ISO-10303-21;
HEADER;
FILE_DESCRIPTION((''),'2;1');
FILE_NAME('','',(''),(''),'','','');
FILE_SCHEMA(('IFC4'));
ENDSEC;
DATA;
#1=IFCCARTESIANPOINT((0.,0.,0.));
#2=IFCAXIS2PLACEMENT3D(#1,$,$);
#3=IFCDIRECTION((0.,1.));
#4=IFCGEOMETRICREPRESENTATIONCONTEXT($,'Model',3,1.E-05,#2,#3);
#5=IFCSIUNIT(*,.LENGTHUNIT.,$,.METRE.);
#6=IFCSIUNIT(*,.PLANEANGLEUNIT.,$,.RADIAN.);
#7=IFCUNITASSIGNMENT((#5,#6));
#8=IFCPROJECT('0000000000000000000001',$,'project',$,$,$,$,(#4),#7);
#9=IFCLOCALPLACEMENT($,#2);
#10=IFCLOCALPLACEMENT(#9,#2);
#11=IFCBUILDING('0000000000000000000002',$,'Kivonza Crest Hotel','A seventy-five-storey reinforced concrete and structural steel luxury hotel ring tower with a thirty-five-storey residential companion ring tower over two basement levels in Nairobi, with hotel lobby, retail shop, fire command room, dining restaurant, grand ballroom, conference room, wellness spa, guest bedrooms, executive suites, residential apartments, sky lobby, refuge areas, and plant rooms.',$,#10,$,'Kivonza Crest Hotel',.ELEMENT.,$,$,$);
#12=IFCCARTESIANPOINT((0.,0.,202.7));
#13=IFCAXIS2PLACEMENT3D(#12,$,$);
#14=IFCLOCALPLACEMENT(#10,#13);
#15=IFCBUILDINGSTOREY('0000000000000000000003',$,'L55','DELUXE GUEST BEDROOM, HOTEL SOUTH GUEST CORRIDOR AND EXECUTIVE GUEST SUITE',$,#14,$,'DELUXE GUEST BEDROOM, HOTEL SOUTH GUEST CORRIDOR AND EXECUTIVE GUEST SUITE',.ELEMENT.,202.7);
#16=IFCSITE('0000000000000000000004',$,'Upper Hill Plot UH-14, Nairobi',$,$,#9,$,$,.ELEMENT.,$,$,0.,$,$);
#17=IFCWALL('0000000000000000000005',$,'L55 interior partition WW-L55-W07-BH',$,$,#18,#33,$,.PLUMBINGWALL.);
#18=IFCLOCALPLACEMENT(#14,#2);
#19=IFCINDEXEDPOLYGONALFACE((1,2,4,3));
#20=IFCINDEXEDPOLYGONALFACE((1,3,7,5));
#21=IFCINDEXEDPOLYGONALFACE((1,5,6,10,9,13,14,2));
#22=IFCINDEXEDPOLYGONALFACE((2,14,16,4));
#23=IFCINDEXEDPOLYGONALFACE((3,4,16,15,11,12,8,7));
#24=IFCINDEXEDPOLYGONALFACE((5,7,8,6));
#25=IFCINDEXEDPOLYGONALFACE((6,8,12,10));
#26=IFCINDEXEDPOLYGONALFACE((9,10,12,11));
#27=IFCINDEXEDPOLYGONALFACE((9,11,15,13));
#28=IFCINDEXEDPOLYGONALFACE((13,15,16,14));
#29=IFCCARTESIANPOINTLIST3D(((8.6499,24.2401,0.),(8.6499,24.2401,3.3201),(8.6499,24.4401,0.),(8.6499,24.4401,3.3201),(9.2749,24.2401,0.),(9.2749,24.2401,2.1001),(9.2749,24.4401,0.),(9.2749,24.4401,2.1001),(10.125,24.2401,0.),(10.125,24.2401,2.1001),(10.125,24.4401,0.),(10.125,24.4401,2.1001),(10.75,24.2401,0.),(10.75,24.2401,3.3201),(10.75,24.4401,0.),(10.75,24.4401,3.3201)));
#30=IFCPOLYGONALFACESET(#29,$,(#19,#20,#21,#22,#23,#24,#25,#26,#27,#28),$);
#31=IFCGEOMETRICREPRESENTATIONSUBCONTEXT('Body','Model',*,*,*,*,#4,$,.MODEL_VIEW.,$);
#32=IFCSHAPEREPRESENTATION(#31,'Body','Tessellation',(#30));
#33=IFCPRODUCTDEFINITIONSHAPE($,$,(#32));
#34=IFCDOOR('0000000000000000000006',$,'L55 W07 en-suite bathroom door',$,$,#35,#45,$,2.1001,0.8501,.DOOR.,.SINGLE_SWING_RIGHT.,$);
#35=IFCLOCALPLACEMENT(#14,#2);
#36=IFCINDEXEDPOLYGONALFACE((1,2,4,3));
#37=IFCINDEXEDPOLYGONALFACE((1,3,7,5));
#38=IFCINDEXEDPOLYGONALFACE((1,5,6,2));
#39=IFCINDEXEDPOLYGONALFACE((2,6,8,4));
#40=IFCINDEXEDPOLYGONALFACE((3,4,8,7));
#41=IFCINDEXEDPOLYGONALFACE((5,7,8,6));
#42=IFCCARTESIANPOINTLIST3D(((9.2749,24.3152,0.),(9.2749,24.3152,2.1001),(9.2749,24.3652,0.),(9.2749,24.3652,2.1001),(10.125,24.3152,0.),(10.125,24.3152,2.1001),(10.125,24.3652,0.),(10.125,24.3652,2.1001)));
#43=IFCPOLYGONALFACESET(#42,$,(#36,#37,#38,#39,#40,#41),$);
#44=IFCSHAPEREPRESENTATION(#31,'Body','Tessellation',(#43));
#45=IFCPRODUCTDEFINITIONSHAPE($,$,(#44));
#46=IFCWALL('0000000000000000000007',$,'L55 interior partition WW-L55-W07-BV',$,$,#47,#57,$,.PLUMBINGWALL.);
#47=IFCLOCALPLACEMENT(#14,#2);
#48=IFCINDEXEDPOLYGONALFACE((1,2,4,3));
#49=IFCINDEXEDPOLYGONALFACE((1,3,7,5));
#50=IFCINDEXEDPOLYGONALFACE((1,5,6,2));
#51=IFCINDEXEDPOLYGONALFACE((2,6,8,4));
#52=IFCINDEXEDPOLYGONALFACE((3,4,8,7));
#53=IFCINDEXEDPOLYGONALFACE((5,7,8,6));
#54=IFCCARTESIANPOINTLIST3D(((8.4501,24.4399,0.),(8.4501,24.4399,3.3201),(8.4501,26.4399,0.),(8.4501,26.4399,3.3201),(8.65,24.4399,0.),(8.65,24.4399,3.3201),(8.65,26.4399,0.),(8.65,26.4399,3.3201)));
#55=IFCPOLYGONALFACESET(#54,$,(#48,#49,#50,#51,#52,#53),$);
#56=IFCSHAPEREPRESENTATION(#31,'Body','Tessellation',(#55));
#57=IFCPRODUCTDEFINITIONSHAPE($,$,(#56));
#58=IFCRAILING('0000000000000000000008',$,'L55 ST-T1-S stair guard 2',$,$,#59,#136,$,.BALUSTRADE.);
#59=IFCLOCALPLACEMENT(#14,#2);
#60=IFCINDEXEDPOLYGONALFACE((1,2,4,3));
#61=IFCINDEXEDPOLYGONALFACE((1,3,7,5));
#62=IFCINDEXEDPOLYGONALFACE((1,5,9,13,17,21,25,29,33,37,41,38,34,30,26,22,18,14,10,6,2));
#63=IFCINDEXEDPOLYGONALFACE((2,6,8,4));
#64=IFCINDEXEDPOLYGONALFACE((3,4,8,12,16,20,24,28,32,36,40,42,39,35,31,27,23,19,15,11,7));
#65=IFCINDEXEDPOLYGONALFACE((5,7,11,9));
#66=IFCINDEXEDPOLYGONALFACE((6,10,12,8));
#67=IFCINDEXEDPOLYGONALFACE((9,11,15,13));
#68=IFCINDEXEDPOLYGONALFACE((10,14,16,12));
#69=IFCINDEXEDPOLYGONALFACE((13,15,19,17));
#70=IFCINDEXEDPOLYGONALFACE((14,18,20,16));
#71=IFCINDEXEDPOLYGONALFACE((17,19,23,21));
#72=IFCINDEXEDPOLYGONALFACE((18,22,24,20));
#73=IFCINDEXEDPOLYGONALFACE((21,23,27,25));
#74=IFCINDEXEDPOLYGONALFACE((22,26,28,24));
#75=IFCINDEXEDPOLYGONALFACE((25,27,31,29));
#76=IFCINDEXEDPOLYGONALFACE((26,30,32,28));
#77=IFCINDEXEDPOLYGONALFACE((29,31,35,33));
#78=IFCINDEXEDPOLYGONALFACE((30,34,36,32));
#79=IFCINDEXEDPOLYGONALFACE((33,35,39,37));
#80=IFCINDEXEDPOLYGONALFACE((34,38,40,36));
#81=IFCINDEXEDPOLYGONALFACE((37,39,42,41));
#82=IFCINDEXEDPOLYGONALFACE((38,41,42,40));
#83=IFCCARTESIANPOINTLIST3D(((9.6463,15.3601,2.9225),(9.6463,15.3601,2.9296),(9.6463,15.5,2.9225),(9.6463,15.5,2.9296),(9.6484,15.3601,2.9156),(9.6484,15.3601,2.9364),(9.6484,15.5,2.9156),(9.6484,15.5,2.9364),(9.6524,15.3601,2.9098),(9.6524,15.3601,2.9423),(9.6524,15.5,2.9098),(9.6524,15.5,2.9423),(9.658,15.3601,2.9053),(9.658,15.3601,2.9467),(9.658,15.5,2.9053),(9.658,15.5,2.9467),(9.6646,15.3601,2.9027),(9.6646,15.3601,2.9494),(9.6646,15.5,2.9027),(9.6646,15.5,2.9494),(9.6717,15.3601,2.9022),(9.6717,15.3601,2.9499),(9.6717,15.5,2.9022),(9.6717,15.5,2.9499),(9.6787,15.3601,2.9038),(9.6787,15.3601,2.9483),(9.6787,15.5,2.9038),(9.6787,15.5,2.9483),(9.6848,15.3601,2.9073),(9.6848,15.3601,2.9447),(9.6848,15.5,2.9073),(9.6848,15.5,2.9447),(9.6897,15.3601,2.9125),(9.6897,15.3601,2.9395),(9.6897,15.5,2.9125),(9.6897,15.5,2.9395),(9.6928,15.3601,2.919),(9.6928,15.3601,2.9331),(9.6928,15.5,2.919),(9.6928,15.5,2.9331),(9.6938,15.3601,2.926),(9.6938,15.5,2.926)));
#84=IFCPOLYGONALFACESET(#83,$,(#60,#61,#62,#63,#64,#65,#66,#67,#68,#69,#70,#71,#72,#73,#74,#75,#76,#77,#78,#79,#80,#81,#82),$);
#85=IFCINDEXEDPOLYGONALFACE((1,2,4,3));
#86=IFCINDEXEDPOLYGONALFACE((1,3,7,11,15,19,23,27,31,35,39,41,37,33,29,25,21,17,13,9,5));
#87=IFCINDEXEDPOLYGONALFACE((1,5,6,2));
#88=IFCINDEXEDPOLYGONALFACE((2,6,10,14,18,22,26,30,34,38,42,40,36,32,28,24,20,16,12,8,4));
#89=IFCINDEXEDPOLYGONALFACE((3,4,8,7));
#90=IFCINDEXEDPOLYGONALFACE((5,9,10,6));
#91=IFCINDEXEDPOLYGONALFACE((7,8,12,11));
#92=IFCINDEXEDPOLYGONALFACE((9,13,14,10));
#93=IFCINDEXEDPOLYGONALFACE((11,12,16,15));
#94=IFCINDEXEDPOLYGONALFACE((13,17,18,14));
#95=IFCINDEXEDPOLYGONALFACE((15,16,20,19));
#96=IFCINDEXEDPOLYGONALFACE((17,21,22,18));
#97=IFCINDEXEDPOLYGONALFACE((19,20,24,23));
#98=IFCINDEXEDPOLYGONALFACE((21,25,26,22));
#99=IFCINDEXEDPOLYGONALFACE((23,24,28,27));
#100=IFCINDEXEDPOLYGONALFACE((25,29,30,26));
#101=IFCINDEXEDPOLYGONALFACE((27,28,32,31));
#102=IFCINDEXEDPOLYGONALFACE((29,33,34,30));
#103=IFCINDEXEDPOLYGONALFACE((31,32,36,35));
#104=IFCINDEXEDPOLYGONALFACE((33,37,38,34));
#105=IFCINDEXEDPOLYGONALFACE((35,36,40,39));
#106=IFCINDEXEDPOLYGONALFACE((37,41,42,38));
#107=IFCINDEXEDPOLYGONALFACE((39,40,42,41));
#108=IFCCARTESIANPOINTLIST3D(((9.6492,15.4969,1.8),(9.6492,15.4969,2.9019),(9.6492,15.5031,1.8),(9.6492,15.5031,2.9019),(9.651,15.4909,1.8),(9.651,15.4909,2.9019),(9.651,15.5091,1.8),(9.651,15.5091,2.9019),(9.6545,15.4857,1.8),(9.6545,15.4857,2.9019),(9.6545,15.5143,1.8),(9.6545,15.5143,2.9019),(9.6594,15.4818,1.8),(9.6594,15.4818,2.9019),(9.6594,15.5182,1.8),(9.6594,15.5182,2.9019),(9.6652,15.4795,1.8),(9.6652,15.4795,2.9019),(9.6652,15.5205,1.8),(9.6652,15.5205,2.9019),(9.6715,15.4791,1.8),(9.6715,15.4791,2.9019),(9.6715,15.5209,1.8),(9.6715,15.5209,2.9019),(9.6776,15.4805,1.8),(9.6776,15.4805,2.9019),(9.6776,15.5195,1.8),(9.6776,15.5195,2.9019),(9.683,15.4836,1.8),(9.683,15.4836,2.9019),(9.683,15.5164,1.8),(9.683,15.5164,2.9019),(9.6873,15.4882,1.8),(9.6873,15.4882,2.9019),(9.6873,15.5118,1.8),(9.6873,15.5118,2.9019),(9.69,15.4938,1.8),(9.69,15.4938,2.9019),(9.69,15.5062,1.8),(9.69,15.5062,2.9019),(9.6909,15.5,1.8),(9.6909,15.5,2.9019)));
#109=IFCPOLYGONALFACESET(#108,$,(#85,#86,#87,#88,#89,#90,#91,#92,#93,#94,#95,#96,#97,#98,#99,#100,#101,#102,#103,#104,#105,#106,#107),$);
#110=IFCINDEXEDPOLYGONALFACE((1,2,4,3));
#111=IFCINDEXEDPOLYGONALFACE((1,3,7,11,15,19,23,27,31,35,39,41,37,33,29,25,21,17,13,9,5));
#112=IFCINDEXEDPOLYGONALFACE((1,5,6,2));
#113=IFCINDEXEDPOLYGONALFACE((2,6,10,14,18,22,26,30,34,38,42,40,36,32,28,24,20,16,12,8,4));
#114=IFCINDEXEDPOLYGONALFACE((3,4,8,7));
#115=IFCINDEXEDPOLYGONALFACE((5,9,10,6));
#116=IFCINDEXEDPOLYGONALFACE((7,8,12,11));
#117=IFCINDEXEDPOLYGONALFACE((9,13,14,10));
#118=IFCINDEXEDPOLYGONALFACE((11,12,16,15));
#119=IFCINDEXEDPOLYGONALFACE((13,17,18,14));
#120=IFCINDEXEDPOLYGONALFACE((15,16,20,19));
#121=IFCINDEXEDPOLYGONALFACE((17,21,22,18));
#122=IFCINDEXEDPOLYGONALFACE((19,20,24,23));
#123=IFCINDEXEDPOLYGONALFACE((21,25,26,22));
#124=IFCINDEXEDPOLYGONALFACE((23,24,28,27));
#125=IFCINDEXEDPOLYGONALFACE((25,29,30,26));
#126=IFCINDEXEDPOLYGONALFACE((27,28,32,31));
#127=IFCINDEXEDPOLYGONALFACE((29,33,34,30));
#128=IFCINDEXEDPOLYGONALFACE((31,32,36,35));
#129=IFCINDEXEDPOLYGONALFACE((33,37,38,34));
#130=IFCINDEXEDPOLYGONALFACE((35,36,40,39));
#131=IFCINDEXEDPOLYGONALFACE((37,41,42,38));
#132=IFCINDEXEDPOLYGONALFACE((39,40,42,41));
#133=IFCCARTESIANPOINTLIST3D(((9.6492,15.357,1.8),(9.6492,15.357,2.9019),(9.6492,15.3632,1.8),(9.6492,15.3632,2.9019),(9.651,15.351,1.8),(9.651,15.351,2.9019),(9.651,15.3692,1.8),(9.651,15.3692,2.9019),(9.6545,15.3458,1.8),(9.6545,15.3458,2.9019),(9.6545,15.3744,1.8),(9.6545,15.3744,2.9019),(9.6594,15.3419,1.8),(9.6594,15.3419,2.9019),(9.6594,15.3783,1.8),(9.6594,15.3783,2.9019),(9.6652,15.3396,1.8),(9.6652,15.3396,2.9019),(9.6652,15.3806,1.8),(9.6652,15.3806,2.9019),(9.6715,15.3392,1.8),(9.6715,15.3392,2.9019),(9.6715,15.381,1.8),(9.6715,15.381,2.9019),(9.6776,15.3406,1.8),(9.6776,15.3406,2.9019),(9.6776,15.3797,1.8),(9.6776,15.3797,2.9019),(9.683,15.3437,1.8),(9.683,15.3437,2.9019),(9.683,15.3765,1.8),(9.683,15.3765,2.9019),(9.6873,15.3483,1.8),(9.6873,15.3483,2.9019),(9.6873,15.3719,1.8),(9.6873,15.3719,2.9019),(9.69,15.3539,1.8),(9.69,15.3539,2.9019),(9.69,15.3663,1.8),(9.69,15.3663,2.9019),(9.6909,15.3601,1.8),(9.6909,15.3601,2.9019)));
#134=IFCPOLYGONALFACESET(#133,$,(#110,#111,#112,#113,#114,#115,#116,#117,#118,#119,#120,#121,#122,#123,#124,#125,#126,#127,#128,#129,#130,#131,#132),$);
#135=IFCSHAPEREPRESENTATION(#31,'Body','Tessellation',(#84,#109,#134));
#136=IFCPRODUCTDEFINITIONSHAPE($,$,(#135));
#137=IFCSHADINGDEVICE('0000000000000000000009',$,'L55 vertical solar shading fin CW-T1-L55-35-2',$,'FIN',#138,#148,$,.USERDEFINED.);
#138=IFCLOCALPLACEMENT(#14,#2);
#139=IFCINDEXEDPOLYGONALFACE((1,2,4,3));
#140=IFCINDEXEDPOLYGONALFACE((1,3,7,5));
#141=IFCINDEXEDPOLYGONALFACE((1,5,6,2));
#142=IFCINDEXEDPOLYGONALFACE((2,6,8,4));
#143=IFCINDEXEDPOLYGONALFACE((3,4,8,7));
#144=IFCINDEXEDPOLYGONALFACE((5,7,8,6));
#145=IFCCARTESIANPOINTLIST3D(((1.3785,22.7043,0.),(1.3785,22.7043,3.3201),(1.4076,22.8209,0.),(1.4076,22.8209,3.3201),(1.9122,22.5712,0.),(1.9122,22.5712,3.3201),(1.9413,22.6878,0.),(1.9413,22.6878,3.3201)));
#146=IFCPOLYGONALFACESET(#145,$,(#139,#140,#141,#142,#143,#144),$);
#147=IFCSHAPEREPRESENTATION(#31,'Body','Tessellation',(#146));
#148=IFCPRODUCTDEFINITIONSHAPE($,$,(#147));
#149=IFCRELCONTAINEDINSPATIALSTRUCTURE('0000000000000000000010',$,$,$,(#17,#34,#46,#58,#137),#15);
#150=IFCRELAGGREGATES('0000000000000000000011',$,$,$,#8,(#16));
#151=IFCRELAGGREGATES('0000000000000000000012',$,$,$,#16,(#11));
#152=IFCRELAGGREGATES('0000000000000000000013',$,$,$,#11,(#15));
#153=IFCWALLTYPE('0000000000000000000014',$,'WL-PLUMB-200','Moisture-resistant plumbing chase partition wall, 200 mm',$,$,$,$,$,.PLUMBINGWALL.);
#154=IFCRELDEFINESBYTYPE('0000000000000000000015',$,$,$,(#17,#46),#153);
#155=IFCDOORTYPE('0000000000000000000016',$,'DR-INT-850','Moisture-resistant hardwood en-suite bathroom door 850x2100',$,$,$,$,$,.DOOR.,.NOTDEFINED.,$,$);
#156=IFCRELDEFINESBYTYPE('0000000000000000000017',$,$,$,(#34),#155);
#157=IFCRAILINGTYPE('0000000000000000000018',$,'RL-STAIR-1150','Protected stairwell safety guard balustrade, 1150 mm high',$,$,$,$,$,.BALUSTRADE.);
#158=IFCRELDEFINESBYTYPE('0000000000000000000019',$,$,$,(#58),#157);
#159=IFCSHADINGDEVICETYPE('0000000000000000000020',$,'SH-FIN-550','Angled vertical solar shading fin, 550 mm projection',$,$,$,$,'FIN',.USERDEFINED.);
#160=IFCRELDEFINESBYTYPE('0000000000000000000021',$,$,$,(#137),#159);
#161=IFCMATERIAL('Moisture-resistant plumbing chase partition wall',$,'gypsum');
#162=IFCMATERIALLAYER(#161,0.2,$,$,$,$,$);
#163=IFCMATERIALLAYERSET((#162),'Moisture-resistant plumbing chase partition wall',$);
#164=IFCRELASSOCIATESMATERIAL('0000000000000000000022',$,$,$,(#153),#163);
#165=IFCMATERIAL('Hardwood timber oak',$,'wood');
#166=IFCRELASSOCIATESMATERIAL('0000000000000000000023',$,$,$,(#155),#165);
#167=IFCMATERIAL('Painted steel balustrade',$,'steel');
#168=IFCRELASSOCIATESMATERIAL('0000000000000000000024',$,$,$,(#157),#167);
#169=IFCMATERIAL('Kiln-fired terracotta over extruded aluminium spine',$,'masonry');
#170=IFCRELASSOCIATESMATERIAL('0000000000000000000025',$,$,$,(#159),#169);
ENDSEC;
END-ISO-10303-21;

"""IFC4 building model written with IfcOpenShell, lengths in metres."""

from ifc_helpers import new_model, si_unit, direction, frame, frame_2d, origin, origin_2d, place, context, subcontext, project, spatial, rectangle, circle, extrude, material, layer, layer_set, type_object, element, fill, save


model = new_model("IFC4")

# Units and contexts
model_context = context("Model", 3, precision=1e-05, world=origin(), true_north=direction((0.0, 1.0)))
body_context = subcontext(model_context, "Body", "Model", "MODEL_VIEW")
ifc_project = project(units=[si_unit("LENGTHUNIT", "METRE"), si_unit("PLANEANGLEUNIT", "RADIAN")], contexts=[model_context])

# Site, building, storey
site_placement = place(None, origin())
site = spatial("IfcSite", under=ifc_project, at=site_placement, Name="Upper Hill Plot UH-14, Nairobi", CompositionType="ELEMENT", RefElevation=0.0)
building_placement = place(site_placement, origin())
building = spatial("IfcBuilding", under=site, at=building_placement, Name="Kivonza Crest Hotel", Description="A seventy-five-storey reinforced concrete and structural steel luxury hotel ring tower with a thirty-five-storey residential companion ring tower over two basement levels in Nairobi, with hotel lobby, retail shop, fire command room, dining restaurant, grand ballroom, conference room, wellness spa, guest bedrooms, executive suites, residential apartments, sky lobby, refuge areas, and plant rooms.", LongName="Kivonza Crest Hotel", CompositionType="ELEMENT")
storey_placement = place(building_placement, frame((0.0, 0.0, 202.7)))
storey = spatial("IfcBuildingStorey", under=building, at=storey_placement, Name="L55", Description="DELUXE GUEST BEDROOM, HOTEL SOUTH GUEST CORRIDOR AND EXECUTIVE GUEST SUITE", LongName="DELUXE GUEST BEDROOM, HOTEL SOUTH GUEST CORRIDOR AND EXECUTIVE GUEST SUITE", CompositionType="ELEMENT", Elevation=202.7)

# Shared definitions
ifc_material_1 = material(Name="Hardwood timber oak", Category="wood")

# Wall, opening, door
ifc_material_2 = material(Name="Moisture-resistant plumbing chase partition wall", Category="gypsum")
ifc_layer_1 = layer(ifc_material_2, 0.2)
ifc_layer_set_1 = layer_set([ifc_layer_1], Name="Moisture-resistant plumbing chase partition wall")
wall_type_1 = type_object("IfcWallType", Name="WL-PLUMB-200", Description="Moisture-resistant plumbing chase partition wall, 200 mm", PredefinedType="PLUMBINGWALL", material=ifc_layer_set_1)
wall_1_placement = place(storey_placement, frame((8.6499, 24.3401, 0.0), z_axis=(0.0, 0.0, 1.0), x_axis=(1.0, 0.0, 0.0)))
wall_1 = element("IfcWall", 1, at=wall_1_placement, inside=storey, type_object=wall_type_1, Name="L55 interior partition WW-L55-W07-BH", PredefinedType="PLUMBINGWALL", context=body_context, shape_type="SweptSolid", body=[
    extrude(rectangle(XDim=2.1001, YDim=0.2, at=frame_2d((1.05, 0.0))), origin(), (0.0, 0.0, 1.0), 3.3201),
])
opening_1_placement = place(wall_1_placement, frame((0.625, 0.0, 0.0)))
opening_1 = element("IfcOpeningElement", 2, at=opening_1_placement, cuts=wall_1, PredefinedType="OPENING", context=body_context, shape_type="SweptSolid", body=[
    extrude(rectangle(XDim=0.8501, YDim=2.1001, at=frame_2d((0.425, 1.05))), frame((0.0, 0.1099, 0.0), z_axis=(0.0, -1.0, 0.0), x_axis=(1.0, 0.0, 0.0)), (0.0, 0.0, 1.0), 0.22),
])
door_type_1 = type_object("IfcDoorType", Name="DR-INT-850", Description="Moisture-resistant hardwood en-suite bathroom door 850x2100", OperationType="NOTDEFINED", PredefinedType="DOOR", material=ifc_material_1)
door_1_placement = place(opening_1_placement, frame((0.8501, 0.0, 0.0), z_axis=(0.0, 0.0, 1.0), x_axis=(-1.0, 0.0, 0.0)))
door_1 = element("IfcDoor", 3, at=door_1_placement, inside=storey, type_object=door_type_1, Name="L55 W07 en-suite bathroom door", OperationType="SINGLE_SWING_RIGHT", OverallHeight=2.1001, OverallWidth=0.8501, PredefinedType="DOOR", context=body_context, shape_type="SweptSolid", body=[
    extrude(rectangle(XDim=0.8501, YDim=2.1001, at=frame_2d((0.425, 1.05))), frame((0.0, 0.0249, 0.0), z_axis=(0.0, -1.0, 0.0), x_axis=(1.0, 0.0, 0.0)), (0.0, 0.0, 1.0), 0.05),
])
fill(opening_1, door_1)

# Wall
wall_2_placement = place(storey_placement, frame((8.55, 24.4399, 0.0), z_axis=(0.0, 0.0, 1.0), x_axis=(0.0, 1.0, 0.0)))
element("IfcWall", 4, at=wall_2_placement, inside=storey, type_object=wall_type_1, Name="L55 interior partition WW-L55-W07-BV", PredefinedType="PLUMBINGWALL", context=body_context, shape_type="SweptSolid", body=[
    extrude(rectangle(XDim=2.0, YDim=0.2, at=frame_2d((1.0, 0.0))), origin(), (0.0, 0.0, 1.0), 3.3201),
])

# Railing
ifc_material_3 = material(Name="Painted steel balustrade", Category="steel")
railing_type = type_object("IfcRailingType", Name="RL-STAIR-1150", Description="Protected stairwell safety guard balustrade, 1150 mm high", PredefinedType="BALUSTRADE", material=ifc_material_3)
railing_placement = place(storey_placement, frame((9.6699, 15.5, 1.8)))
element("IfcRailing", 5, at=railing_placement, inside=storey, type_object=railing_type, Name="L55 ST-T1-S stair guard 2", PredefinedType="BALUSTRADE", context=body_context, shape_type="SweptSolid", body=[
    extrude(circle(Radius=0.0239, at=origin_2d()), frame((0.0, 0.0, 1.126), z_axis=(0.0, -1.0, 0.0), x_axis=(1.0, 0.0, 0.0)), (0.0, 0.0, 1.0), 0.1399),
    extrude(circle(Radius=0.021, at=origin_2d()), origin(), (0.0, 0.0, 1.0), 1.1018),
    extrude(circle(Radius=0.021, at=origin_2d()), frame((0.0, -0.1399, 0.0)), (0.0, 0.0, 1.0), 1.1018),
])

# Shading device
ifc_material_4 = material(Name="Kiln-fired terracotta over extruded aluminium spine", Category="masonry")
shading_device_type = type_object("IfcShadingDeviceType", Name="SH-FIN-550", Description="Angled vertical solar shading fin, 550 mm projection", ElementType="FIN", PredefinedType="USERDEFINED", material=ifc_material_4)
shading_device_placement = place(storey_placement, frame((1.6599, 22.696, 0.0), z_axis=(0.0, 0.0, 1.0), x_axis=(-0.241922, -0.970296, 0.0)))
element("IfcShadingDevice", 6, at=shading_device_placement, inside=storey, type_object=shading_device_type, Name="L55 vertical solar shading fin CW-T1-L55-35-2", ObjectType="FIN", PredefinedType="USERDEFINED", context=body_context, shape_type="SweptSolid", body=[
    extrude(rectangle(XDim=0.1201, YDim=0.55, at=origin_2d()), origin(), (0.0, 0.0, 1.0), 3.3201),
])

save(model, "model.ifc")
